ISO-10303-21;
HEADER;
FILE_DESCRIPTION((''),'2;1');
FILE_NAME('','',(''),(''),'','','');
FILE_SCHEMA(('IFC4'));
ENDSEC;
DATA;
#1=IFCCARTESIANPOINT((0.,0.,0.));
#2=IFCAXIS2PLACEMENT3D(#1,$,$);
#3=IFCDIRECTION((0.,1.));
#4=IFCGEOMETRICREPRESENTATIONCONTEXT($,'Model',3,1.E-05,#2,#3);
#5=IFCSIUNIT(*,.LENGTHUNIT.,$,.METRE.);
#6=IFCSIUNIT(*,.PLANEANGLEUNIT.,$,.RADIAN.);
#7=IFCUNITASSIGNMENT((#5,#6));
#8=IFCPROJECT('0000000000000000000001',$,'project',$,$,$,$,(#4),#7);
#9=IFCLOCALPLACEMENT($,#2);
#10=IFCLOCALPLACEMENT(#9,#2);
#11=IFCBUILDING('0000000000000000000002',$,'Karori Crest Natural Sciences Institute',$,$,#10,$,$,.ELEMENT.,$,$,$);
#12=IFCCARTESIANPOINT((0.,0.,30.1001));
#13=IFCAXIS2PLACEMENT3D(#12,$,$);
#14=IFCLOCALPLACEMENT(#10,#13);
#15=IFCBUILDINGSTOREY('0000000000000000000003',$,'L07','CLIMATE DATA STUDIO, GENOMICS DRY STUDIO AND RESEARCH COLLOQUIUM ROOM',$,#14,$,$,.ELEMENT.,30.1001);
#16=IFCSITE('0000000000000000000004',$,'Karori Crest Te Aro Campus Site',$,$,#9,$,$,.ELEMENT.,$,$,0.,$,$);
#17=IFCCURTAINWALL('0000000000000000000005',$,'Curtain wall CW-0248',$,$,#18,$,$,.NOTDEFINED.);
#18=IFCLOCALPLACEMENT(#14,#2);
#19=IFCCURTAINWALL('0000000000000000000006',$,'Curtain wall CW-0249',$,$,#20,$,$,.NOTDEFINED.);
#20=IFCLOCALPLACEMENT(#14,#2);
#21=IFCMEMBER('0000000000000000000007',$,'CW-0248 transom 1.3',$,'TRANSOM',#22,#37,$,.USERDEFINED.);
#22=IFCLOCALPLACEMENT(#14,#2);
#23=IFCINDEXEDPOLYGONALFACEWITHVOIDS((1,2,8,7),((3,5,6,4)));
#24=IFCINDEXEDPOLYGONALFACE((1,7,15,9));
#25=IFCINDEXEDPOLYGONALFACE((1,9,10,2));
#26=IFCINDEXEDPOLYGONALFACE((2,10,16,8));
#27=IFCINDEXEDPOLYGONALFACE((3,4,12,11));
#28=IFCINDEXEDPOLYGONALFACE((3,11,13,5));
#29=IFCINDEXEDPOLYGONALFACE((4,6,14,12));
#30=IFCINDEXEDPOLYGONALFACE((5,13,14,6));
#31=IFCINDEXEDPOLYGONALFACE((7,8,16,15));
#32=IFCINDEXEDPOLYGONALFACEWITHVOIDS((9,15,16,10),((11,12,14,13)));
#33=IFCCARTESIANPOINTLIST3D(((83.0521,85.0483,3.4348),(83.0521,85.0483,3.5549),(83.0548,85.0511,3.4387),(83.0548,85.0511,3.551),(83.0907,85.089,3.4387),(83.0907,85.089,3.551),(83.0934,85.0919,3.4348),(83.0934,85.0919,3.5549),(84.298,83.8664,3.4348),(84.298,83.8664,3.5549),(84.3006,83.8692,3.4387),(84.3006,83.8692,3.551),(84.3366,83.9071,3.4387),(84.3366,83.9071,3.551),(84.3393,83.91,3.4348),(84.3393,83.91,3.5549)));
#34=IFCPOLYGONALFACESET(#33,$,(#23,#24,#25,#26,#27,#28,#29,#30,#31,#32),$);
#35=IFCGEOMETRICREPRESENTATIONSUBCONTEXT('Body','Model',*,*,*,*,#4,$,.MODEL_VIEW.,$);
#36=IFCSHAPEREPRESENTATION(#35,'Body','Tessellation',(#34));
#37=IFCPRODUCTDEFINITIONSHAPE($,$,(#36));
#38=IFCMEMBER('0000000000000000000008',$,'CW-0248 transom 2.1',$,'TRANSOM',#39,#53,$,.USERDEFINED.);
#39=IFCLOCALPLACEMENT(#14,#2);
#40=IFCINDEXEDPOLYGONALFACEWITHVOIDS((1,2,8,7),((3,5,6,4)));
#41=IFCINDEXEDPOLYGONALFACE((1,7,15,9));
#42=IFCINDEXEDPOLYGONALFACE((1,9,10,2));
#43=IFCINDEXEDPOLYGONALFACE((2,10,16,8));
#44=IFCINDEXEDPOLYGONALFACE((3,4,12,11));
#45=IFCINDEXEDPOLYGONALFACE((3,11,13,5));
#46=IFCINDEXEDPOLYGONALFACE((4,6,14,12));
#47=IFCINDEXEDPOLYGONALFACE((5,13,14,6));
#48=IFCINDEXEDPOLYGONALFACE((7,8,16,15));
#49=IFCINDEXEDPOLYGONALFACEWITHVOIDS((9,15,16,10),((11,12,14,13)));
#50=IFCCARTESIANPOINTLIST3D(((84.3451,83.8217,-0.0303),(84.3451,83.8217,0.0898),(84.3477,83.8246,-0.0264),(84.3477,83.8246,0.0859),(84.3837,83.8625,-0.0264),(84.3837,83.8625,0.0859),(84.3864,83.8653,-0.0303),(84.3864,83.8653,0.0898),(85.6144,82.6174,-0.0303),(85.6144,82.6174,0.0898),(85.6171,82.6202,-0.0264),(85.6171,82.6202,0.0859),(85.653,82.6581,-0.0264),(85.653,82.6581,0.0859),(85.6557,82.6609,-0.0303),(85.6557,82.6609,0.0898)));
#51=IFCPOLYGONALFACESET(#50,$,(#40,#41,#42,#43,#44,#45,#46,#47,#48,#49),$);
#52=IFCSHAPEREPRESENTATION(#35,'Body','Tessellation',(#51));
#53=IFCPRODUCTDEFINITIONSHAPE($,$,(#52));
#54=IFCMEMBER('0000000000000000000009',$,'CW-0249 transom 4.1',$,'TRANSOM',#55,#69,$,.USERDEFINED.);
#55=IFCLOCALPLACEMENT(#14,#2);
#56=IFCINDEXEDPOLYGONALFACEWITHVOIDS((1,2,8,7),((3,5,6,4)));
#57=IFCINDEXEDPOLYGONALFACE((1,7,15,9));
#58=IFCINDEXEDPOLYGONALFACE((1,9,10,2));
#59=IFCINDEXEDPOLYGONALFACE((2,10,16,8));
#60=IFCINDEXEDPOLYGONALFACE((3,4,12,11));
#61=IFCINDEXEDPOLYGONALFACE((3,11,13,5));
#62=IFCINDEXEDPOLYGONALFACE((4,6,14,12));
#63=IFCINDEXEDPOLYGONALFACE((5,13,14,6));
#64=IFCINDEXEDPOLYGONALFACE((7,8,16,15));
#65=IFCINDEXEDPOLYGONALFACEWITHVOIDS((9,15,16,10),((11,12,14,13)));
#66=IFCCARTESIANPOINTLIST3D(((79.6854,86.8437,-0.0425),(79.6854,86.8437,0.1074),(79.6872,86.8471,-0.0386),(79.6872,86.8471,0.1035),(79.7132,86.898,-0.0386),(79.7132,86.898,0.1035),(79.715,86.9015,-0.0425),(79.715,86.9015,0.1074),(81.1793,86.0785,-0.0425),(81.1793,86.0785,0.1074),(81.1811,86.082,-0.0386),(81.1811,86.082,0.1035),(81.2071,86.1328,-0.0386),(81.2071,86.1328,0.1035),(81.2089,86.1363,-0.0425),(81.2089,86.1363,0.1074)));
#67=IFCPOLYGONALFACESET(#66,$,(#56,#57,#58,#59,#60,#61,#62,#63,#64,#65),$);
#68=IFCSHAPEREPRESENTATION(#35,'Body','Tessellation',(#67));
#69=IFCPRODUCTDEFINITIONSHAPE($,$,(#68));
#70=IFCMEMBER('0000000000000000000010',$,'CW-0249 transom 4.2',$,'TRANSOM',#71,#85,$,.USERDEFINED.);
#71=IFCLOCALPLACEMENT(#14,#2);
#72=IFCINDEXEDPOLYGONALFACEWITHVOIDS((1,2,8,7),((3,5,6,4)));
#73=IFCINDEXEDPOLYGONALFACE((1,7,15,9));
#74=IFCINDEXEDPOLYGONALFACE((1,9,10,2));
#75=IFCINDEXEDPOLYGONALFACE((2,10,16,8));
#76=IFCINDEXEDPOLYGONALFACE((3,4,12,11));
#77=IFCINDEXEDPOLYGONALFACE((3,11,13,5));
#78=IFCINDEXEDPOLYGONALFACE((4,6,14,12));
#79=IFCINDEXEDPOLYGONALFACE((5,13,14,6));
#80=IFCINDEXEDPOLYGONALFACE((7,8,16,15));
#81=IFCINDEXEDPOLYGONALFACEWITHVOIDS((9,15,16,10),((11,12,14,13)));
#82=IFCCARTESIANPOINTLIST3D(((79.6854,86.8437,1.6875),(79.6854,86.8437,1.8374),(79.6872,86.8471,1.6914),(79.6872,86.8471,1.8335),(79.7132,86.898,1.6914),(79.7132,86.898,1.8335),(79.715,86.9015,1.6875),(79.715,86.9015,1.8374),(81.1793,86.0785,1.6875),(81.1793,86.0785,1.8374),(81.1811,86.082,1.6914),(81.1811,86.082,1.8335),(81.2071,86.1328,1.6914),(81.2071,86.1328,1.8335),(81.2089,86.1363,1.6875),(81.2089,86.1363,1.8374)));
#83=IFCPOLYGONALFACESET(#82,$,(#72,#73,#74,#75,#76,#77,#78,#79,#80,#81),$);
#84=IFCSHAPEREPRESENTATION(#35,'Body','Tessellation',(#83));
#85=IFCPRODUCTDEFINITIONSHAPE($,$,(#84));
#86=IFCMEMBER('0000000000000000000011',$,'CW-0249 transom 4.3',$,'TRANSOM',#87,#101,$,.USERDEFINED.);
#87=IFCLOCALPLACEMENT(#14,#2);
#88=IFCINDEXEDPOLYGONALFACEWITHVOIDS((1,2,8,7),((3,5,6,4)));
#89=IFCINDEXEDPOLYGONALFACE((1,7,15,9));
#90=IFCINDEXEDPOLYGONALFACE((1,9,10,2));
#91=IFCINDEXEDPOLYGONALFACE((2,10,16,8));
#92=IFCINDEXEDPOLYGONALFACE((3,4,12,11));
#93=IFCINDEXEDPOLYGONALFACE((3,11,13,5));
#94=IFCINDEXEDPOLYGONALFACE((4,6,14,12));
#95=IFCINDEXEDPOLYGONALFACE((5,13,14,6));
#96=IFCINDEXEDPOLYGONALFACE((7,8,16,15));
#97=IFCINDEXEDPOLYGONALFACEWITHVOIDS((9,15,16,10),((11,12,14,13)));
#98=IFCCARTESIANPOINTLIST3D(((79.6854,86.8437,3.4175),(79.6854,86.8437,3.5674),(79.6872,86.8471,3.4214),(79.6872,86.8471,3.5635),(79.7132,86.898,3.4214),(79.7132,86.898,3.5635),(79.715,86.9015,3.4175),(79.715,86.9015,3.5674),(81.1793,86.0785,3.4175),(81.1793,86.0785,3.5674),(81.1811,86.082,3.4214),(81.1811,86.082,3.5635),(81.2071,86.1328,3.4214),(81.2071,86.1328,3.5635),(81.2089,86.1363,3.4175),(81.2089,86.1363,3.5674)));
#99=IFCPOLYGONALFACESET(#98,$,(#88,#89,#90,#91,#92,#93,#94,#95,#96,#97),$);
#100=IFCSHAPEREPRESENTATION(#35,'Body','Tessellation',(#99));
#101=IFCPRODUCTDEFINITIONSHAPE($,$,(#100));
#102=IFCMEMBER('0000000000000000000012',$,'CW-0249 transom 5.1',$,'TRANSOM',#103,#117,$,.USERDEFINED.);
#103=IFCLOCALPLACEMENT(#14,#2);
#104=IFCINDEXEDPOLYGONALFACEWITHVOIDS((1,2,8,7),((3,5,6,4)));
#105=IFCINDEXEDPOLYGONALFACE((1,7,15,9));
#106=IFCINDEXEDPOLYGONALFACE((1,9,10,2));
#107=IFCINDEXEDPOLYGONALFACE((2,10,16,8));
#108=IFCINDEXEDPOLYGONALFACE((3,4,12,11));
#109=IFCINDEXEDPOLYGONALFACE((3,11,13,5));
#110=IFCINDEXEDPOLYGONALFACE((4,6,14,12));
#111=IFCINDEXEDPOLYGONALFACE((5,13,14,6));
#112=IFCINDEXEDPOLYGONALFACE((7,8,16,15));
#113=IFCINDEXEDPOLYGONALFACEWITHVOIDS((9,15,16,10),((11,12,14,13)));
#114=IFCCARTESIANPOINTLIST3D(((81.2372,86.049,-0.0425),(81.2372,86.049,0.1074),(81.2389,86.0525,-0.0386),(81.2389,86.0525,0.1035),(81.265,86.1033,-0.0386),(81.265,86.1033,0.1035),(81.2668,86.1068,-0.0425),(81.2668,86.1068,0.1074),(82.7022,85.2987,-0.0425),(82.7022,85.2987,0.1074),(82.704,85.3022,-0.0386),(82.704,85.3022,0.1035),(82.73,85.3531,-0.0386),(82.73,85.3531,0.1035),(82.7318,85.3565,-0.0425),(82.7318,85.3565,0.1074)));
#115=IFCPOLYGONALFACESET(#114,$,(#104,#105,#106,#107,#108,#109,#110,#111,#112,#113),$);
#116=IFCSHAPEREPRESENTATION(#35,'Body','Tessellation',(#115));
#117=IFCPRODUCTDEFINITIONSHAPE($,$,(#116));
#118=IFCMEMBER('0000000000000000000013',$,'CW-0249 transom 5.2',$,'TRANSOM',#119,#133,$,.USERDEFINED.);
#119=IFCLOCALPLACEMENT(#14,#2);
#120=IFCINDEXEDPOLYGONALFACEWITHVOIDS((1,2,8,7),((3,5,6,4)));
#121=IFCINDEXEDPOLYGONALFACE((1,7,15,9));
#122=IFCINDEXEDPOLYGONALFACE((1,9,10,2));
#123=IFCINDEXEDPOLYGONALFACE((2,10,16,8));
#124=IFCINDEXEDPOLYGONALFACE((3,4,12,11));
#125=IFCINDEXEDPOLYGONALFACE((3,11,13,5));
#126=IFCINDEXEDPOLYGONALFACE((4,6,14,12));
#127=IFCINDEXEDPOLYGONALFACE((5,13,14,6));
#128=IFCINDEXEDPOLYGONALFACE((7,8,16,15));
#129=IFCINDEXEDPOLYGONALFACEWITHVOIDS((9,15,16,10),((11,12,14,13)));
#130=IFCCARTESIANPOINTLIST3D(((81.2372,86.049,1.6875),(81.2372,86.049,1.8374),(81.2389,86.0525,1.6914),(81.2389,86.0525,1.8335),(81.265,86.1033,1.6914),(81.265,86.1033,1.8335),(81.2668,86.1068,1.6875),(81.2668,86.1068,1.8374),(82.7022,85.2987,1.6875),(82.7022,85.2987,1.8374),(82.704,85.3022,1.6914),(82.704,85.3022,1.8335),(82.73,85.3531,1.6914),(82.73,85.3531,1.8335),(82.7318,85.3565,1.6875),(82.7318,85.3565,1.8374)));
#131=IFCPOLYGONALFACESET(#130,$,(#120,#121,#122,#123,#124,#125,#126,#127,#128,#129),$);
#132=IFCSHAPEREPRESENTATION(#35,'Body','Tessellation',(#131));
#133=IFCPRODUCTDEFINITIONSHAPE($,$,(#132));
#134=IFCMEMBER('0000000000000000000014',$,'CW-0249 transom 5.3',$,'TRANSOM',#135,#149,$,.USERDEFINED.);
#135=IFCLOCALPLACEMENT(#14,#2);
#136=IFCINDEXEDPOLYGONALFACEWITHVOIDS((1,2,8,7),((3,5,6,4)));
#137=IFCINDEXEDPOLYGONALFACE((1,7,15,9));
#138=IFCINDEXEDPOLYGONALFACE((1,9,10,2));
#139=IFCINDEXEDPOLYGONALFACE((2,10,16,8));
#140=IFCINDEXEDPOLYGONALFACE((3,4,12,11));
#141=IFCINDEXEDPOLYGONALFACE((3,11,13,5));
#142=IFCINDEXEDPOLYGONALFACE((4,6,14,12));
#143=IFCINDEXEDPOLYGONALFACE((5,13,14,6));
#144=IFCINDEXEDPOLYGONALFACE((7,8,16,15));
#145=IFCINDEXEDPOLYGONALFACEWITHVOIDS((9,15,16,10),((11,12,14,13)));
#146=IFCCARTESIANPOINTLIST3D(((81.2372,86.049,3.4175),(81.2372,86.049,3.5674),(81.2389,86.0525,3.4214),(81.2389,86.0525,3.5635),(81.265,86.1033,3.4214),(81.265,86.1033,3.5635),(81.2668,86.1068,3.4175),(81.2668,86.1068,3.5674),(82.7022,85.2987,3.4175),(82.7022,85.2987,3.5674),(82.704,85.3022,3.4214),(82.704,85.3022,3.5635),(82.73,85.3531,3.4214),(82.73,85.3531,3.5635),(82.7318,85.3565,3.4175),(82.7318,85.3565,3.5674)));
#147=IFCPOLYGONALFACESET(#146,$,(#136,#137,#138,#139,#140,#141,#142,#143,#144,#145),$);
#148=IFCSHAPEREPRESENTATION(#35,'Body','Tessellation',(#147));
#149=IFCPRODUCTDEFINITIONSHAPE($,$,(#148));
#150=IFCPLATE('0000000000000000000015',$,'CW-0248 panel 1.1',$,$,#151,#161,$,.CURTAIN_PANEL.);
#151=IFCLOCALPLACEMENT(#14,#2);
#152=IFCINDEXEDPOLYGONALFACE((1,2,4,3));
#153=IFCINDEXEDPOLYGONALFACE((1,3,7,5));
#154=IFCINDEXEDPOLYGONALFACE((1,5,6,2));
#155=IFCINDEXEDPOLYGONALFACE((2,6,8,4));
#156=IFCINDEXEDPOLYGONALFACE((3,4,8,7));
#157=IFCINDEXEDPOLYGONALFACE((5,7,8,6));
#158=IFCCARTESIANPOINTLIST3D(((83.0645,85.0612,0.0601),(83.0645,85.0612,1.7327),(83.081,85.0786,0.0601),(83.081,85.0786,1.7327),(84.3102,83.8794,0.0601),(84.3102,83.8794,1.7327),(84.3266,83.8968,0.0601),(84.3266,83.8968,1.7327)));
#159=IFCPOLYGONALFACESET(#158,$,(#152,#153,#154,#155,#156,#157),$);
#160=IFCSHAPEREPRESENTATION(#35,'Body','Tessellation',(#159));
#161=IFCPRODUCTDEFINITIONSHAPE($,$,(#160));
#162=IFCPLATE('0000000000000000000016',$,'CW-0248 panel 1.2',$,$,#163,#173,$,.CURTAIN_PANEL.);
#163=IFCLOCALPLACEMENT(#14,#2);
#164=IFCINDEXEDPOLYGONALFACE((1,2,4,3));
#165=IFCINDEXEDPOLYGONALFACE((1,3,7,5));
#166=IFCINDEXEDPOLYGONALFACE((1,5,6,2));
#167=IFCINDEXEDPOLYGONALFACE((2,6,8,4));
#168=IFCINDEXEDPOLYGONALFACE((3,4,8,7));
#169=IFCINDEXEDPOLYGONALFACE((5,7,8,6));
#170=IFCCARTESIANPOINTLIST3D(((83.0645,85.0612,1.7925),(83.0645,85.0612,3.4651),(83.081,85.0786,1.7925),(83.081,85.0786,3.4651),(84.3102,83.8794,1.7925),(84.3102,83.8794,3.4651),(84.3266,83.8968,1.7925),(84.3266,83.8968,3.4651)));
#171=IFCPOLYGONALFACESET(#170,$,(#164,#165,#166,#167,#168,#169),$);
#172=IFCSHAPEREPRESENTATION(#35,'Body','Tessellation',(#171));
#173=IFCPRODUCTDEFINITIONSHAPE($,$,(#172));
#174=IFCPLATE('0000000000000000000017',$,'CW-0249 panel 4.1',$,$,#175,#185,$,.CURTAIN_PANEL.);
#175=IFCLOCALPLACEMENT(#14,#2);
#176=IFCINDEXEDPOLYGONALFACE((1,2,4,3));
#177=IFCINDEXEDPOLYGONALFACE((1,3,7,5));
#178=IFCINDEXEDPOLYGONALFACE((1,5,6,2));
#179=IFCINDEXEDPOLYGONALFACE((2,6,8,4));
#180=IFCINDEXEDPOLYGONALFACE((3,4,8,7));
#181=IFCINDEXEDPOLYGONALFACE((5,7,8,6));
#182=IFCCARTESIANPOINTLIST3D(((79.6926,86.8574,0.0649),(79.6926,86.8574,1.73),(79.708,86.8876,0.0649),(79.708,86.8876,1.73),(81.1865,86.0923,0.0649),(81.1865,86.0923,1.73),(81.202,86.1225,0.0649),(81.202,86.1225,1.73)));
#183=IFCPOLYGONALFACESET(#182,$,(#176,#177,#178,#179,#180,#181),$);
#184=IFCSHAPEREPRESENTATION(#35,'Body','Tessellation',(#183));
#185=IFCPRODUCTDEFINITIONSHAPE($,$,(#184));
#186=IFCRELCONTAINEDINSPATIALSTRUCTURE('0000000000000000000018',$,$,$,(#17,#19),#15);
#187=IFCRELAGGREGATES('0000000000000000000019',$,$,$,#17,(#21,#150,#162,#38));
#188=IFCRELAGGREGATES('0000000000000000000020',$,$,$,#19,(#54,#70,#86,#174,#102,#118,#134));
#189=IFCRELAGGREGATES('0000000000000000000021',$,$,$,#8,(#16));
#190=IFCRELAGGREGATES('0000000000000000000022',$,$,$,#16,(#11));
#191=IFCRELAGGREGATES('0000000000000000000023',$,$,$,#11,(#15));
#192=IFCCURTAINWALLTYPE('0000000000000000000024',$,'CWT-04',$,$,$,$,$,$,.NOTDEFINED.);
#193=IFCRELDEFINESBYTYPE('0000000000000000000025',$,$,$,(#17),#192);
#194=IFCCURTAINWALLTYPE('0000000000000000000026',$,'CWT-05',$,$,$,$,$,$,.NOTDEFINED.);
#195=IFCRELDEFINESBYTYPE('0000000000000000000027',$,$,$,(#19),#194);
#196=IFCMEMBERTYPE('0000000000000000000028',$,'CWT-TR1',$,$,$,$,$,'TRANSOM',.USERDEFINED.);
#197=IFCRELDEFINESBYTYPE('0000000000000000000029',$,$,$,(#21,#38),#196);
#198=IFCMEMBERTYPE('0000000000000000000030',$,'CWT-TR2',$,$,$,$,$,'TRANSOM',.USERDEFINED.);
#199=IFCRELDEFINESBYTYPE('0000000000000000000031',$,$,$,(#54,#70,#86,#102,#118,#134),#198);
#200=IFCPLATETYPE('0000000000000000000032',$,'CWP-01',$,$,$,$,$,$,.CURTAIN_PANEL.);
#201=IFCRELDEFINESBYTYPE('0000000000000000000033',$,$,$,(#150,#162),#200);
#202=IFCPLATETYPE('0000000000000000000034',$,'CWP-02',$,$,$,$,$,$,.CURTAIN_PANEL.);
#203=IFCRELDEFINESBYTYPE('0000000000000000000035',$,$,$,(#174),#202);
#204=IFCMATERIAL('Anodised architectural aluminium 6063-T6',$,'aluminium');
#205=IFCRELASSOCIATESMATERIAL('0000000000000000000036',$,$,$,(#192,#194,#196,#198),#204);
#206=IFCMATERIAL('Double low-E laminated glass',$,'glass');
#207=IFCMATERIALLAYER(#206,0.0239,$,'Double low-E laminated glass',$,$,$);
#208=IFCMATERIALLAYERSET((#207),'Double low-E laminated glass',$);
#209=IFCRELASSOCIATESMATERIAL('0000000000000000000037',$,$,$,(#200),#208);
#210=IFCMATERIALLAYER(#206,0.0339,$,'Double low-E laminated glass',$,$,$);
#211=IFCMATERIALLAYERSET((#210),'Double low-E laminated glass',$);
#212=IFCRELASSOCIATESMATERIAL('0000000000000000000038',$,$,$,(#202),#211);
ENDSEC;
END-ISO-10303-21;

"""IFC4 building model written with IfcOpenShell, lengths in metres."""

from ifc_helpers import new_model, si_unit, direction, frame, origin, origin_2d, place, context, subcontext, project, spatial, rectangle, hollow_rectangle, extrude, material, layer, layer_set, material_profile, profile_set, type_object, element, aggregate, save


model = new_model("IFC4")

# Units and contexts
model_context = context("Model", 3, precision=1e-05, world=origin(), true_north=direction((0.0, 1.0)))
body_context = subcontext(model_context, "Body", "Model", "MODEL_VIEW")
ifc_project = project(units=[si_unit("LENGTHUNIT", "METRE"), si_unit("PLANEANGLEUNIT", "RADIAN")], contexts=[model_context])

# Site, building, storey
site_placement = place(None, origin())
site = spatial("IfcSite", under=ifc_project, at=site_placement, Name="Karori Crest Te Aro Campus Site", CompositionType="ELEMENT", RefElevation=0.0)
building_placement = place(site_placement, origin())
building = spatial("IfcBuilding", under=site, at=building_placement, Name="Karori Crest Natural Sciences Institute", CompositionType="ELEMENT")
storey_placement = place(building_placement, frame((0.0, 0.0, 30.1001)))
storey = spatial("IfcBuildingStorey", under=building, at=storey_placement, Name="L07", Description="CLIMATE DATA STUDIO, GENOMICS DRY STUDIO AND RESEARCH COLLOQUIUM ROOM", CompositionType="ELEMENT", Elevation=30.1001)

# Curtain walls
ifc_material_1 = material(Name="Anodised architectural aluminium 6063-T6", Category="aluminium")
curtain_wall_type_1 = type_object("IfcCurtainWallType", Name="CWT-04", PredefinedType="NOTDEFINED", material=ifc_material_1)
curtain_wall_1_placement = place(storey_placement, origin())
curtain_wall_1 = element("IfcCurtainWall", 1, at=curtain_wall_1_placement, inside=storey, type_object=curtain_wall_type_1, Name="Curtain wall CW-0248", PredefinedType="NOTDEFINED")
curtain_wall_type_2 = type_object("IfcCurtainWallType", Name="CWT-05", PredefinedType="NOTDEFINED", material=ifc_material_1)
curtain_wall_2_placement = place(storey_placement, origin())
curtain_wall_2 = element("IfcCurtainWall", 2, at=curtain_wall_2_placement, inside=storey, type_object=curtain_wall_type_2, Name="Curtain wall CW-0249", PredefinedType="NOTDEFINED")

# Members
ifc_material_profile_1 = material_profile(ifc_material_1, hollow_rectangle(XDim=0.0601, YDim=0.1201, WallThickness=0.0039, at=origin_2d()), Name="CWT120x60x4")
ifc_profile_set_1 = profile_set([ifc_material_profile_1], Name="Anodised architectural aluminium 6063-T6")
member_type_1 = type_object("IfcMemberType", Name="CWT-TR1", ElementType="TRANSOM", PredefinedType="USERDEFINED", material=ifc_profile_set_1)
member_1_placement = place(storey_placement, frame((83.0728, 85.0701, 3.4949), z_axis=(0.725486, -0.688237, 0.0), x_axis=(0.688237, 0.725486, 0.0)))
member_1 = element("IfcMember", 3, at=member_1_placement, type_object=member_type_1, Name="CW-0248 transom 1.3", ObjectType="TRANSOM", PredefinedType="USERDEFINED", context=body_context, shape_type="SweptSolid", body=[
    extrude(hollow_rectangle(XDim=0.0601, YDim=0.1201, WallThickness=0.0039, at=origin_2d()), origin(), (0.0, 0.0, 1.0), 1.7173),
])
member_2_placement = place(storey_placement, frame((84.3657, 83.8435, 0.0298), z_axis=(0.725421, -0.688306, 0.0), x_axis=(0.688306, 0.725421, 0.0)))
member_2 = element("IfcMember", 4, at=member_2_placement, type_object=member_type_1, Name="CW-0248 transom 2.1", ObjectType="TRANSOM", PredefinedType="USERDEFINED", context=body_context, shape_type="SweptSolid", body=[
    extrude(hollow_rectangle(XDim=0.0601, YDim=0.1201, WallThickness=0.0039, at=origin_2d()), origin(), (0.0, 0.0, 1.0), 1.7498),
])
ifc_material_profile_2 = material_profile(ifc_material_1, hollow_rectangle(XDim=0.0649, YDim=0.1499, WallThickness=0.0039, at=origin_2d()), Name="CWT150x65x4")
ifc_profile_set_2 = profile_set([ifc_material_profile_2], Name="Anodised architectural aluminium 6063-T6")
member_type_2 = type_object("IfcMemberType", Name="CWT-TR2", ElementType="TRANSOM", PredefinedType="USERDEFINED", material=ifc_profile_set_2)
member_3_placement = place(storey_placement, frame((79.7002, 86.8726, 0.0325), z_axis=(0.890051, -0.455862, 0.0), x_axis=(0.455862, 0.890051, 0.0)))
member_3 = element("IfcMember", 5, at=member_3_placement, type_object=member_type_2, Name="CW-0249 transom 4.1", ObjectType="TRANSOM", PredefinedType="USERDEFINED", context=body_context, shape_type="SweptSolid", body=[
    extrude(hollow_rectangle(XDim=0.0649, YDim=0.1499, WallThickness=0.0039, at=origin_2d()), origin(), (0.0, 0.0, 1.0), 1.6785),
])
member_4_placement = place(storey_placement, frame((79.7002, 86.8726, 1.7625), z_axis=(0.890051, -0.455862, 0.0), x_axis=(0.455862, 0.890051, 0.0)))
member_4 = element("IfcMember", 6, at=member_4_placement, type_object=member_type_2, Name="CW-0249 transom 4.2", ObjectType="TRANSOM", PredefinedType="USERDEFINED", context=body_context, shape_type="SweptSolid", body=[
    extrude(hollow_rectangle(XDim=0.0649, YDim=0.1499, WallThickness=0.0039, at=origin_2d()), origin(), (0.0, 0.0, 1.0), 1.6785),
])
member_5_placement = place(storey_placement, frame((79.7002, 86.8726, 3.4924), z_axis=(0.890051, -0.455862, 0.0), x_axis=(0.455862, 0.890051, 0.0)))
member_5 = element("IfcMember", 7, at=member_5_placement, type_object=member_type_2, Name="CW-0249 transom 4.3", ObjectType="TRANSOM", PredefinedType="USERDEFINED", context=body_context, shape_type="SweptSolid", body=[
    extrude(hollow_rectangle(XDim=0.0649, YDim=0.1499, WallThickness=0.0039, at=origin_2d()), origin(), (0.0, 0.0, 1.0), 1.6785),
])
member_6_placement = place(storey_placement, frame((81.252, 86.0779, 0.0325), z_axis=(0.890084, -0.455796, 0.0), x_axis=(0.455796, 0.890084, 0.0)))
member_6 = element("IfcMember", 8, at=member_6_placement, type_object=member_type_2, Name="CW-0249 transom 5.1", ObjectType="TRANSOM", PredefinedType="USERDEFINED", context=body_context, shape_type="SweptSolid", body=[
    extrude(hollow_rectangle(XDim=0.0649, YDim=0.1499, WallThickness=0.0039, at=origin_2d()), origin(), (0.0, 0.0, 1.0), 1.646),
])
member_7_placement = place(storey_placement, frame((81.252, 86.0779, 1.7625), z_axis=(0.890084, -0.455796, 0.0), x_axis=(0.455796, 0.890084, 0.0)))
member_7 = element("IfcMember", 9, at=member_7_placement, type_object=member_type_2, Name="CW-0249 transom 5.2", ObjectType="TRANSOM", PredefinedType="USERDEFINED", context=body_context, shape_type="SweptSolid", body=[
    extrude(hollow_rectangle(XDim=0.0649, YDim=0.1499, WallThickness=0.0039, at=origin_2d()), origin(), (0.0, 0.0, 1.0), 1.646),
])
member_8_placement = place(storey_placement, frame((81.252, 86.0779, 3.4924), z_axis=(0.890084, -0.455796, 0.0), x_axis=(0.455796, 0.890084, 0.0)))
member_8 = element("IfcMember", 10, at=member_8_placement, type_object=member_type_2, Name="CW-0249 transom 5.3", ObjectType="TRANSOM", PredefinedType="USERDEFINED", context=body_context, shape_type="SweptSolid", body=[
    extrude(hollow_rectangle(XDim=0.0649, YDim=0.1499, WallThickness=0.0039, at=origin_2d()), origin(), (0.0, 0.0, 1.0), 1.646),
])

# Plates
ifc_material_2 = material(Name="Double low-E laminated glass", Category="glass")
ifc_layer_1 = layer(ifc_material_2, 0.0239, Name="Double low-E laminated glass")
ifc_layer_set_1 = layer_set([ifc_layer_1], Name="Double low-E laminated glass")
plate_type_1 = type_object("IfcPlateType", Name="CWP-01", PredefinedType="CURTAIN_PANEL", material=ifc_layer_set_1)
plate_1_placement = place(storey_placement, frame((83.6956, 84.479, 0.0601), z_axis=(0.0, 0.0, 1.0), x_axis=(0.725471, -0.688252, 0.0)))
plate_1 = element("IfcPlate", 11, at=plate_1_placement, type_object=plate_type_1, Name="CW-0248 panel 1.1", PredefinedType="CURTAIN_PANEL", context=body_context, shape_type="SweptSolid", body=[
    extrude(rectangle(XDim=1.717, YDim=0.0239, at=origin_2d()), origin(), (0.0, 0.0, 1.0), 1.6726),
])
plate_2_placement = place(storey_placement, frame((83.6956, 84.479, 1.7925), z_axis=(0.0, 0.0, 1.0), x_axis=(0.725471, -0.688252, 0.0)))
plate_2 = element("IfcPlate", 12, at=plate_2_placement, type_object=plate_type_1, Name="CW-0248 panel 1.2", PredefinedType="CURTAIN_PANEL", context=body_context, shape_type="SweptSolid", body=[
    extrude(rectangle(XDim=1.717, YDim=0.0239, at=origin_2d()), origin(), (0.0, 0.0, 1.0), 1.6726),
])
aggregate(curtain_wall_1, [member_1, plate_1, plate_2, member_2])
ifc_layer_2 = layer(ifc_material_2, 0.0339, Name="Double low-E laminated glass")
ifc_layer_set_2 = layer_set([ifc_layer_2], Name="Double low-E laminated glass")
plate_type_2 = type_object("IfcPlateType", Name="CWP-02", PredefinedType="CURTAIN_PANEL", material=ifc_layer_set_2)
plate_3_placement = place(storey_placement, frame((80.4473, 86.49, 0.0649), z_axis=(0.0, 0.0, 1.0), x_axis=(0.890067, -0.455829, 0.0)))
plate_3 = element("IfcPlate", 13, at=plate_3_placement, type_object=plate_type_2, Name="CW-0249 panel 4.1", PredefinedType="CURTAIN_PANEL", context=body_context, shape_type="SweptSolid", body=[
    extrude(rectangle(XDim=1.6785, YDim=0.0339, at=origin_2d()), origin(), (0.0, 0.0, 1.0), 1.665),
])
aggregate(curtain_wall_2, [member_3, member_4, member_5, plate_3, member_6, member_7, member_8])

save(model, "model.ifc")
